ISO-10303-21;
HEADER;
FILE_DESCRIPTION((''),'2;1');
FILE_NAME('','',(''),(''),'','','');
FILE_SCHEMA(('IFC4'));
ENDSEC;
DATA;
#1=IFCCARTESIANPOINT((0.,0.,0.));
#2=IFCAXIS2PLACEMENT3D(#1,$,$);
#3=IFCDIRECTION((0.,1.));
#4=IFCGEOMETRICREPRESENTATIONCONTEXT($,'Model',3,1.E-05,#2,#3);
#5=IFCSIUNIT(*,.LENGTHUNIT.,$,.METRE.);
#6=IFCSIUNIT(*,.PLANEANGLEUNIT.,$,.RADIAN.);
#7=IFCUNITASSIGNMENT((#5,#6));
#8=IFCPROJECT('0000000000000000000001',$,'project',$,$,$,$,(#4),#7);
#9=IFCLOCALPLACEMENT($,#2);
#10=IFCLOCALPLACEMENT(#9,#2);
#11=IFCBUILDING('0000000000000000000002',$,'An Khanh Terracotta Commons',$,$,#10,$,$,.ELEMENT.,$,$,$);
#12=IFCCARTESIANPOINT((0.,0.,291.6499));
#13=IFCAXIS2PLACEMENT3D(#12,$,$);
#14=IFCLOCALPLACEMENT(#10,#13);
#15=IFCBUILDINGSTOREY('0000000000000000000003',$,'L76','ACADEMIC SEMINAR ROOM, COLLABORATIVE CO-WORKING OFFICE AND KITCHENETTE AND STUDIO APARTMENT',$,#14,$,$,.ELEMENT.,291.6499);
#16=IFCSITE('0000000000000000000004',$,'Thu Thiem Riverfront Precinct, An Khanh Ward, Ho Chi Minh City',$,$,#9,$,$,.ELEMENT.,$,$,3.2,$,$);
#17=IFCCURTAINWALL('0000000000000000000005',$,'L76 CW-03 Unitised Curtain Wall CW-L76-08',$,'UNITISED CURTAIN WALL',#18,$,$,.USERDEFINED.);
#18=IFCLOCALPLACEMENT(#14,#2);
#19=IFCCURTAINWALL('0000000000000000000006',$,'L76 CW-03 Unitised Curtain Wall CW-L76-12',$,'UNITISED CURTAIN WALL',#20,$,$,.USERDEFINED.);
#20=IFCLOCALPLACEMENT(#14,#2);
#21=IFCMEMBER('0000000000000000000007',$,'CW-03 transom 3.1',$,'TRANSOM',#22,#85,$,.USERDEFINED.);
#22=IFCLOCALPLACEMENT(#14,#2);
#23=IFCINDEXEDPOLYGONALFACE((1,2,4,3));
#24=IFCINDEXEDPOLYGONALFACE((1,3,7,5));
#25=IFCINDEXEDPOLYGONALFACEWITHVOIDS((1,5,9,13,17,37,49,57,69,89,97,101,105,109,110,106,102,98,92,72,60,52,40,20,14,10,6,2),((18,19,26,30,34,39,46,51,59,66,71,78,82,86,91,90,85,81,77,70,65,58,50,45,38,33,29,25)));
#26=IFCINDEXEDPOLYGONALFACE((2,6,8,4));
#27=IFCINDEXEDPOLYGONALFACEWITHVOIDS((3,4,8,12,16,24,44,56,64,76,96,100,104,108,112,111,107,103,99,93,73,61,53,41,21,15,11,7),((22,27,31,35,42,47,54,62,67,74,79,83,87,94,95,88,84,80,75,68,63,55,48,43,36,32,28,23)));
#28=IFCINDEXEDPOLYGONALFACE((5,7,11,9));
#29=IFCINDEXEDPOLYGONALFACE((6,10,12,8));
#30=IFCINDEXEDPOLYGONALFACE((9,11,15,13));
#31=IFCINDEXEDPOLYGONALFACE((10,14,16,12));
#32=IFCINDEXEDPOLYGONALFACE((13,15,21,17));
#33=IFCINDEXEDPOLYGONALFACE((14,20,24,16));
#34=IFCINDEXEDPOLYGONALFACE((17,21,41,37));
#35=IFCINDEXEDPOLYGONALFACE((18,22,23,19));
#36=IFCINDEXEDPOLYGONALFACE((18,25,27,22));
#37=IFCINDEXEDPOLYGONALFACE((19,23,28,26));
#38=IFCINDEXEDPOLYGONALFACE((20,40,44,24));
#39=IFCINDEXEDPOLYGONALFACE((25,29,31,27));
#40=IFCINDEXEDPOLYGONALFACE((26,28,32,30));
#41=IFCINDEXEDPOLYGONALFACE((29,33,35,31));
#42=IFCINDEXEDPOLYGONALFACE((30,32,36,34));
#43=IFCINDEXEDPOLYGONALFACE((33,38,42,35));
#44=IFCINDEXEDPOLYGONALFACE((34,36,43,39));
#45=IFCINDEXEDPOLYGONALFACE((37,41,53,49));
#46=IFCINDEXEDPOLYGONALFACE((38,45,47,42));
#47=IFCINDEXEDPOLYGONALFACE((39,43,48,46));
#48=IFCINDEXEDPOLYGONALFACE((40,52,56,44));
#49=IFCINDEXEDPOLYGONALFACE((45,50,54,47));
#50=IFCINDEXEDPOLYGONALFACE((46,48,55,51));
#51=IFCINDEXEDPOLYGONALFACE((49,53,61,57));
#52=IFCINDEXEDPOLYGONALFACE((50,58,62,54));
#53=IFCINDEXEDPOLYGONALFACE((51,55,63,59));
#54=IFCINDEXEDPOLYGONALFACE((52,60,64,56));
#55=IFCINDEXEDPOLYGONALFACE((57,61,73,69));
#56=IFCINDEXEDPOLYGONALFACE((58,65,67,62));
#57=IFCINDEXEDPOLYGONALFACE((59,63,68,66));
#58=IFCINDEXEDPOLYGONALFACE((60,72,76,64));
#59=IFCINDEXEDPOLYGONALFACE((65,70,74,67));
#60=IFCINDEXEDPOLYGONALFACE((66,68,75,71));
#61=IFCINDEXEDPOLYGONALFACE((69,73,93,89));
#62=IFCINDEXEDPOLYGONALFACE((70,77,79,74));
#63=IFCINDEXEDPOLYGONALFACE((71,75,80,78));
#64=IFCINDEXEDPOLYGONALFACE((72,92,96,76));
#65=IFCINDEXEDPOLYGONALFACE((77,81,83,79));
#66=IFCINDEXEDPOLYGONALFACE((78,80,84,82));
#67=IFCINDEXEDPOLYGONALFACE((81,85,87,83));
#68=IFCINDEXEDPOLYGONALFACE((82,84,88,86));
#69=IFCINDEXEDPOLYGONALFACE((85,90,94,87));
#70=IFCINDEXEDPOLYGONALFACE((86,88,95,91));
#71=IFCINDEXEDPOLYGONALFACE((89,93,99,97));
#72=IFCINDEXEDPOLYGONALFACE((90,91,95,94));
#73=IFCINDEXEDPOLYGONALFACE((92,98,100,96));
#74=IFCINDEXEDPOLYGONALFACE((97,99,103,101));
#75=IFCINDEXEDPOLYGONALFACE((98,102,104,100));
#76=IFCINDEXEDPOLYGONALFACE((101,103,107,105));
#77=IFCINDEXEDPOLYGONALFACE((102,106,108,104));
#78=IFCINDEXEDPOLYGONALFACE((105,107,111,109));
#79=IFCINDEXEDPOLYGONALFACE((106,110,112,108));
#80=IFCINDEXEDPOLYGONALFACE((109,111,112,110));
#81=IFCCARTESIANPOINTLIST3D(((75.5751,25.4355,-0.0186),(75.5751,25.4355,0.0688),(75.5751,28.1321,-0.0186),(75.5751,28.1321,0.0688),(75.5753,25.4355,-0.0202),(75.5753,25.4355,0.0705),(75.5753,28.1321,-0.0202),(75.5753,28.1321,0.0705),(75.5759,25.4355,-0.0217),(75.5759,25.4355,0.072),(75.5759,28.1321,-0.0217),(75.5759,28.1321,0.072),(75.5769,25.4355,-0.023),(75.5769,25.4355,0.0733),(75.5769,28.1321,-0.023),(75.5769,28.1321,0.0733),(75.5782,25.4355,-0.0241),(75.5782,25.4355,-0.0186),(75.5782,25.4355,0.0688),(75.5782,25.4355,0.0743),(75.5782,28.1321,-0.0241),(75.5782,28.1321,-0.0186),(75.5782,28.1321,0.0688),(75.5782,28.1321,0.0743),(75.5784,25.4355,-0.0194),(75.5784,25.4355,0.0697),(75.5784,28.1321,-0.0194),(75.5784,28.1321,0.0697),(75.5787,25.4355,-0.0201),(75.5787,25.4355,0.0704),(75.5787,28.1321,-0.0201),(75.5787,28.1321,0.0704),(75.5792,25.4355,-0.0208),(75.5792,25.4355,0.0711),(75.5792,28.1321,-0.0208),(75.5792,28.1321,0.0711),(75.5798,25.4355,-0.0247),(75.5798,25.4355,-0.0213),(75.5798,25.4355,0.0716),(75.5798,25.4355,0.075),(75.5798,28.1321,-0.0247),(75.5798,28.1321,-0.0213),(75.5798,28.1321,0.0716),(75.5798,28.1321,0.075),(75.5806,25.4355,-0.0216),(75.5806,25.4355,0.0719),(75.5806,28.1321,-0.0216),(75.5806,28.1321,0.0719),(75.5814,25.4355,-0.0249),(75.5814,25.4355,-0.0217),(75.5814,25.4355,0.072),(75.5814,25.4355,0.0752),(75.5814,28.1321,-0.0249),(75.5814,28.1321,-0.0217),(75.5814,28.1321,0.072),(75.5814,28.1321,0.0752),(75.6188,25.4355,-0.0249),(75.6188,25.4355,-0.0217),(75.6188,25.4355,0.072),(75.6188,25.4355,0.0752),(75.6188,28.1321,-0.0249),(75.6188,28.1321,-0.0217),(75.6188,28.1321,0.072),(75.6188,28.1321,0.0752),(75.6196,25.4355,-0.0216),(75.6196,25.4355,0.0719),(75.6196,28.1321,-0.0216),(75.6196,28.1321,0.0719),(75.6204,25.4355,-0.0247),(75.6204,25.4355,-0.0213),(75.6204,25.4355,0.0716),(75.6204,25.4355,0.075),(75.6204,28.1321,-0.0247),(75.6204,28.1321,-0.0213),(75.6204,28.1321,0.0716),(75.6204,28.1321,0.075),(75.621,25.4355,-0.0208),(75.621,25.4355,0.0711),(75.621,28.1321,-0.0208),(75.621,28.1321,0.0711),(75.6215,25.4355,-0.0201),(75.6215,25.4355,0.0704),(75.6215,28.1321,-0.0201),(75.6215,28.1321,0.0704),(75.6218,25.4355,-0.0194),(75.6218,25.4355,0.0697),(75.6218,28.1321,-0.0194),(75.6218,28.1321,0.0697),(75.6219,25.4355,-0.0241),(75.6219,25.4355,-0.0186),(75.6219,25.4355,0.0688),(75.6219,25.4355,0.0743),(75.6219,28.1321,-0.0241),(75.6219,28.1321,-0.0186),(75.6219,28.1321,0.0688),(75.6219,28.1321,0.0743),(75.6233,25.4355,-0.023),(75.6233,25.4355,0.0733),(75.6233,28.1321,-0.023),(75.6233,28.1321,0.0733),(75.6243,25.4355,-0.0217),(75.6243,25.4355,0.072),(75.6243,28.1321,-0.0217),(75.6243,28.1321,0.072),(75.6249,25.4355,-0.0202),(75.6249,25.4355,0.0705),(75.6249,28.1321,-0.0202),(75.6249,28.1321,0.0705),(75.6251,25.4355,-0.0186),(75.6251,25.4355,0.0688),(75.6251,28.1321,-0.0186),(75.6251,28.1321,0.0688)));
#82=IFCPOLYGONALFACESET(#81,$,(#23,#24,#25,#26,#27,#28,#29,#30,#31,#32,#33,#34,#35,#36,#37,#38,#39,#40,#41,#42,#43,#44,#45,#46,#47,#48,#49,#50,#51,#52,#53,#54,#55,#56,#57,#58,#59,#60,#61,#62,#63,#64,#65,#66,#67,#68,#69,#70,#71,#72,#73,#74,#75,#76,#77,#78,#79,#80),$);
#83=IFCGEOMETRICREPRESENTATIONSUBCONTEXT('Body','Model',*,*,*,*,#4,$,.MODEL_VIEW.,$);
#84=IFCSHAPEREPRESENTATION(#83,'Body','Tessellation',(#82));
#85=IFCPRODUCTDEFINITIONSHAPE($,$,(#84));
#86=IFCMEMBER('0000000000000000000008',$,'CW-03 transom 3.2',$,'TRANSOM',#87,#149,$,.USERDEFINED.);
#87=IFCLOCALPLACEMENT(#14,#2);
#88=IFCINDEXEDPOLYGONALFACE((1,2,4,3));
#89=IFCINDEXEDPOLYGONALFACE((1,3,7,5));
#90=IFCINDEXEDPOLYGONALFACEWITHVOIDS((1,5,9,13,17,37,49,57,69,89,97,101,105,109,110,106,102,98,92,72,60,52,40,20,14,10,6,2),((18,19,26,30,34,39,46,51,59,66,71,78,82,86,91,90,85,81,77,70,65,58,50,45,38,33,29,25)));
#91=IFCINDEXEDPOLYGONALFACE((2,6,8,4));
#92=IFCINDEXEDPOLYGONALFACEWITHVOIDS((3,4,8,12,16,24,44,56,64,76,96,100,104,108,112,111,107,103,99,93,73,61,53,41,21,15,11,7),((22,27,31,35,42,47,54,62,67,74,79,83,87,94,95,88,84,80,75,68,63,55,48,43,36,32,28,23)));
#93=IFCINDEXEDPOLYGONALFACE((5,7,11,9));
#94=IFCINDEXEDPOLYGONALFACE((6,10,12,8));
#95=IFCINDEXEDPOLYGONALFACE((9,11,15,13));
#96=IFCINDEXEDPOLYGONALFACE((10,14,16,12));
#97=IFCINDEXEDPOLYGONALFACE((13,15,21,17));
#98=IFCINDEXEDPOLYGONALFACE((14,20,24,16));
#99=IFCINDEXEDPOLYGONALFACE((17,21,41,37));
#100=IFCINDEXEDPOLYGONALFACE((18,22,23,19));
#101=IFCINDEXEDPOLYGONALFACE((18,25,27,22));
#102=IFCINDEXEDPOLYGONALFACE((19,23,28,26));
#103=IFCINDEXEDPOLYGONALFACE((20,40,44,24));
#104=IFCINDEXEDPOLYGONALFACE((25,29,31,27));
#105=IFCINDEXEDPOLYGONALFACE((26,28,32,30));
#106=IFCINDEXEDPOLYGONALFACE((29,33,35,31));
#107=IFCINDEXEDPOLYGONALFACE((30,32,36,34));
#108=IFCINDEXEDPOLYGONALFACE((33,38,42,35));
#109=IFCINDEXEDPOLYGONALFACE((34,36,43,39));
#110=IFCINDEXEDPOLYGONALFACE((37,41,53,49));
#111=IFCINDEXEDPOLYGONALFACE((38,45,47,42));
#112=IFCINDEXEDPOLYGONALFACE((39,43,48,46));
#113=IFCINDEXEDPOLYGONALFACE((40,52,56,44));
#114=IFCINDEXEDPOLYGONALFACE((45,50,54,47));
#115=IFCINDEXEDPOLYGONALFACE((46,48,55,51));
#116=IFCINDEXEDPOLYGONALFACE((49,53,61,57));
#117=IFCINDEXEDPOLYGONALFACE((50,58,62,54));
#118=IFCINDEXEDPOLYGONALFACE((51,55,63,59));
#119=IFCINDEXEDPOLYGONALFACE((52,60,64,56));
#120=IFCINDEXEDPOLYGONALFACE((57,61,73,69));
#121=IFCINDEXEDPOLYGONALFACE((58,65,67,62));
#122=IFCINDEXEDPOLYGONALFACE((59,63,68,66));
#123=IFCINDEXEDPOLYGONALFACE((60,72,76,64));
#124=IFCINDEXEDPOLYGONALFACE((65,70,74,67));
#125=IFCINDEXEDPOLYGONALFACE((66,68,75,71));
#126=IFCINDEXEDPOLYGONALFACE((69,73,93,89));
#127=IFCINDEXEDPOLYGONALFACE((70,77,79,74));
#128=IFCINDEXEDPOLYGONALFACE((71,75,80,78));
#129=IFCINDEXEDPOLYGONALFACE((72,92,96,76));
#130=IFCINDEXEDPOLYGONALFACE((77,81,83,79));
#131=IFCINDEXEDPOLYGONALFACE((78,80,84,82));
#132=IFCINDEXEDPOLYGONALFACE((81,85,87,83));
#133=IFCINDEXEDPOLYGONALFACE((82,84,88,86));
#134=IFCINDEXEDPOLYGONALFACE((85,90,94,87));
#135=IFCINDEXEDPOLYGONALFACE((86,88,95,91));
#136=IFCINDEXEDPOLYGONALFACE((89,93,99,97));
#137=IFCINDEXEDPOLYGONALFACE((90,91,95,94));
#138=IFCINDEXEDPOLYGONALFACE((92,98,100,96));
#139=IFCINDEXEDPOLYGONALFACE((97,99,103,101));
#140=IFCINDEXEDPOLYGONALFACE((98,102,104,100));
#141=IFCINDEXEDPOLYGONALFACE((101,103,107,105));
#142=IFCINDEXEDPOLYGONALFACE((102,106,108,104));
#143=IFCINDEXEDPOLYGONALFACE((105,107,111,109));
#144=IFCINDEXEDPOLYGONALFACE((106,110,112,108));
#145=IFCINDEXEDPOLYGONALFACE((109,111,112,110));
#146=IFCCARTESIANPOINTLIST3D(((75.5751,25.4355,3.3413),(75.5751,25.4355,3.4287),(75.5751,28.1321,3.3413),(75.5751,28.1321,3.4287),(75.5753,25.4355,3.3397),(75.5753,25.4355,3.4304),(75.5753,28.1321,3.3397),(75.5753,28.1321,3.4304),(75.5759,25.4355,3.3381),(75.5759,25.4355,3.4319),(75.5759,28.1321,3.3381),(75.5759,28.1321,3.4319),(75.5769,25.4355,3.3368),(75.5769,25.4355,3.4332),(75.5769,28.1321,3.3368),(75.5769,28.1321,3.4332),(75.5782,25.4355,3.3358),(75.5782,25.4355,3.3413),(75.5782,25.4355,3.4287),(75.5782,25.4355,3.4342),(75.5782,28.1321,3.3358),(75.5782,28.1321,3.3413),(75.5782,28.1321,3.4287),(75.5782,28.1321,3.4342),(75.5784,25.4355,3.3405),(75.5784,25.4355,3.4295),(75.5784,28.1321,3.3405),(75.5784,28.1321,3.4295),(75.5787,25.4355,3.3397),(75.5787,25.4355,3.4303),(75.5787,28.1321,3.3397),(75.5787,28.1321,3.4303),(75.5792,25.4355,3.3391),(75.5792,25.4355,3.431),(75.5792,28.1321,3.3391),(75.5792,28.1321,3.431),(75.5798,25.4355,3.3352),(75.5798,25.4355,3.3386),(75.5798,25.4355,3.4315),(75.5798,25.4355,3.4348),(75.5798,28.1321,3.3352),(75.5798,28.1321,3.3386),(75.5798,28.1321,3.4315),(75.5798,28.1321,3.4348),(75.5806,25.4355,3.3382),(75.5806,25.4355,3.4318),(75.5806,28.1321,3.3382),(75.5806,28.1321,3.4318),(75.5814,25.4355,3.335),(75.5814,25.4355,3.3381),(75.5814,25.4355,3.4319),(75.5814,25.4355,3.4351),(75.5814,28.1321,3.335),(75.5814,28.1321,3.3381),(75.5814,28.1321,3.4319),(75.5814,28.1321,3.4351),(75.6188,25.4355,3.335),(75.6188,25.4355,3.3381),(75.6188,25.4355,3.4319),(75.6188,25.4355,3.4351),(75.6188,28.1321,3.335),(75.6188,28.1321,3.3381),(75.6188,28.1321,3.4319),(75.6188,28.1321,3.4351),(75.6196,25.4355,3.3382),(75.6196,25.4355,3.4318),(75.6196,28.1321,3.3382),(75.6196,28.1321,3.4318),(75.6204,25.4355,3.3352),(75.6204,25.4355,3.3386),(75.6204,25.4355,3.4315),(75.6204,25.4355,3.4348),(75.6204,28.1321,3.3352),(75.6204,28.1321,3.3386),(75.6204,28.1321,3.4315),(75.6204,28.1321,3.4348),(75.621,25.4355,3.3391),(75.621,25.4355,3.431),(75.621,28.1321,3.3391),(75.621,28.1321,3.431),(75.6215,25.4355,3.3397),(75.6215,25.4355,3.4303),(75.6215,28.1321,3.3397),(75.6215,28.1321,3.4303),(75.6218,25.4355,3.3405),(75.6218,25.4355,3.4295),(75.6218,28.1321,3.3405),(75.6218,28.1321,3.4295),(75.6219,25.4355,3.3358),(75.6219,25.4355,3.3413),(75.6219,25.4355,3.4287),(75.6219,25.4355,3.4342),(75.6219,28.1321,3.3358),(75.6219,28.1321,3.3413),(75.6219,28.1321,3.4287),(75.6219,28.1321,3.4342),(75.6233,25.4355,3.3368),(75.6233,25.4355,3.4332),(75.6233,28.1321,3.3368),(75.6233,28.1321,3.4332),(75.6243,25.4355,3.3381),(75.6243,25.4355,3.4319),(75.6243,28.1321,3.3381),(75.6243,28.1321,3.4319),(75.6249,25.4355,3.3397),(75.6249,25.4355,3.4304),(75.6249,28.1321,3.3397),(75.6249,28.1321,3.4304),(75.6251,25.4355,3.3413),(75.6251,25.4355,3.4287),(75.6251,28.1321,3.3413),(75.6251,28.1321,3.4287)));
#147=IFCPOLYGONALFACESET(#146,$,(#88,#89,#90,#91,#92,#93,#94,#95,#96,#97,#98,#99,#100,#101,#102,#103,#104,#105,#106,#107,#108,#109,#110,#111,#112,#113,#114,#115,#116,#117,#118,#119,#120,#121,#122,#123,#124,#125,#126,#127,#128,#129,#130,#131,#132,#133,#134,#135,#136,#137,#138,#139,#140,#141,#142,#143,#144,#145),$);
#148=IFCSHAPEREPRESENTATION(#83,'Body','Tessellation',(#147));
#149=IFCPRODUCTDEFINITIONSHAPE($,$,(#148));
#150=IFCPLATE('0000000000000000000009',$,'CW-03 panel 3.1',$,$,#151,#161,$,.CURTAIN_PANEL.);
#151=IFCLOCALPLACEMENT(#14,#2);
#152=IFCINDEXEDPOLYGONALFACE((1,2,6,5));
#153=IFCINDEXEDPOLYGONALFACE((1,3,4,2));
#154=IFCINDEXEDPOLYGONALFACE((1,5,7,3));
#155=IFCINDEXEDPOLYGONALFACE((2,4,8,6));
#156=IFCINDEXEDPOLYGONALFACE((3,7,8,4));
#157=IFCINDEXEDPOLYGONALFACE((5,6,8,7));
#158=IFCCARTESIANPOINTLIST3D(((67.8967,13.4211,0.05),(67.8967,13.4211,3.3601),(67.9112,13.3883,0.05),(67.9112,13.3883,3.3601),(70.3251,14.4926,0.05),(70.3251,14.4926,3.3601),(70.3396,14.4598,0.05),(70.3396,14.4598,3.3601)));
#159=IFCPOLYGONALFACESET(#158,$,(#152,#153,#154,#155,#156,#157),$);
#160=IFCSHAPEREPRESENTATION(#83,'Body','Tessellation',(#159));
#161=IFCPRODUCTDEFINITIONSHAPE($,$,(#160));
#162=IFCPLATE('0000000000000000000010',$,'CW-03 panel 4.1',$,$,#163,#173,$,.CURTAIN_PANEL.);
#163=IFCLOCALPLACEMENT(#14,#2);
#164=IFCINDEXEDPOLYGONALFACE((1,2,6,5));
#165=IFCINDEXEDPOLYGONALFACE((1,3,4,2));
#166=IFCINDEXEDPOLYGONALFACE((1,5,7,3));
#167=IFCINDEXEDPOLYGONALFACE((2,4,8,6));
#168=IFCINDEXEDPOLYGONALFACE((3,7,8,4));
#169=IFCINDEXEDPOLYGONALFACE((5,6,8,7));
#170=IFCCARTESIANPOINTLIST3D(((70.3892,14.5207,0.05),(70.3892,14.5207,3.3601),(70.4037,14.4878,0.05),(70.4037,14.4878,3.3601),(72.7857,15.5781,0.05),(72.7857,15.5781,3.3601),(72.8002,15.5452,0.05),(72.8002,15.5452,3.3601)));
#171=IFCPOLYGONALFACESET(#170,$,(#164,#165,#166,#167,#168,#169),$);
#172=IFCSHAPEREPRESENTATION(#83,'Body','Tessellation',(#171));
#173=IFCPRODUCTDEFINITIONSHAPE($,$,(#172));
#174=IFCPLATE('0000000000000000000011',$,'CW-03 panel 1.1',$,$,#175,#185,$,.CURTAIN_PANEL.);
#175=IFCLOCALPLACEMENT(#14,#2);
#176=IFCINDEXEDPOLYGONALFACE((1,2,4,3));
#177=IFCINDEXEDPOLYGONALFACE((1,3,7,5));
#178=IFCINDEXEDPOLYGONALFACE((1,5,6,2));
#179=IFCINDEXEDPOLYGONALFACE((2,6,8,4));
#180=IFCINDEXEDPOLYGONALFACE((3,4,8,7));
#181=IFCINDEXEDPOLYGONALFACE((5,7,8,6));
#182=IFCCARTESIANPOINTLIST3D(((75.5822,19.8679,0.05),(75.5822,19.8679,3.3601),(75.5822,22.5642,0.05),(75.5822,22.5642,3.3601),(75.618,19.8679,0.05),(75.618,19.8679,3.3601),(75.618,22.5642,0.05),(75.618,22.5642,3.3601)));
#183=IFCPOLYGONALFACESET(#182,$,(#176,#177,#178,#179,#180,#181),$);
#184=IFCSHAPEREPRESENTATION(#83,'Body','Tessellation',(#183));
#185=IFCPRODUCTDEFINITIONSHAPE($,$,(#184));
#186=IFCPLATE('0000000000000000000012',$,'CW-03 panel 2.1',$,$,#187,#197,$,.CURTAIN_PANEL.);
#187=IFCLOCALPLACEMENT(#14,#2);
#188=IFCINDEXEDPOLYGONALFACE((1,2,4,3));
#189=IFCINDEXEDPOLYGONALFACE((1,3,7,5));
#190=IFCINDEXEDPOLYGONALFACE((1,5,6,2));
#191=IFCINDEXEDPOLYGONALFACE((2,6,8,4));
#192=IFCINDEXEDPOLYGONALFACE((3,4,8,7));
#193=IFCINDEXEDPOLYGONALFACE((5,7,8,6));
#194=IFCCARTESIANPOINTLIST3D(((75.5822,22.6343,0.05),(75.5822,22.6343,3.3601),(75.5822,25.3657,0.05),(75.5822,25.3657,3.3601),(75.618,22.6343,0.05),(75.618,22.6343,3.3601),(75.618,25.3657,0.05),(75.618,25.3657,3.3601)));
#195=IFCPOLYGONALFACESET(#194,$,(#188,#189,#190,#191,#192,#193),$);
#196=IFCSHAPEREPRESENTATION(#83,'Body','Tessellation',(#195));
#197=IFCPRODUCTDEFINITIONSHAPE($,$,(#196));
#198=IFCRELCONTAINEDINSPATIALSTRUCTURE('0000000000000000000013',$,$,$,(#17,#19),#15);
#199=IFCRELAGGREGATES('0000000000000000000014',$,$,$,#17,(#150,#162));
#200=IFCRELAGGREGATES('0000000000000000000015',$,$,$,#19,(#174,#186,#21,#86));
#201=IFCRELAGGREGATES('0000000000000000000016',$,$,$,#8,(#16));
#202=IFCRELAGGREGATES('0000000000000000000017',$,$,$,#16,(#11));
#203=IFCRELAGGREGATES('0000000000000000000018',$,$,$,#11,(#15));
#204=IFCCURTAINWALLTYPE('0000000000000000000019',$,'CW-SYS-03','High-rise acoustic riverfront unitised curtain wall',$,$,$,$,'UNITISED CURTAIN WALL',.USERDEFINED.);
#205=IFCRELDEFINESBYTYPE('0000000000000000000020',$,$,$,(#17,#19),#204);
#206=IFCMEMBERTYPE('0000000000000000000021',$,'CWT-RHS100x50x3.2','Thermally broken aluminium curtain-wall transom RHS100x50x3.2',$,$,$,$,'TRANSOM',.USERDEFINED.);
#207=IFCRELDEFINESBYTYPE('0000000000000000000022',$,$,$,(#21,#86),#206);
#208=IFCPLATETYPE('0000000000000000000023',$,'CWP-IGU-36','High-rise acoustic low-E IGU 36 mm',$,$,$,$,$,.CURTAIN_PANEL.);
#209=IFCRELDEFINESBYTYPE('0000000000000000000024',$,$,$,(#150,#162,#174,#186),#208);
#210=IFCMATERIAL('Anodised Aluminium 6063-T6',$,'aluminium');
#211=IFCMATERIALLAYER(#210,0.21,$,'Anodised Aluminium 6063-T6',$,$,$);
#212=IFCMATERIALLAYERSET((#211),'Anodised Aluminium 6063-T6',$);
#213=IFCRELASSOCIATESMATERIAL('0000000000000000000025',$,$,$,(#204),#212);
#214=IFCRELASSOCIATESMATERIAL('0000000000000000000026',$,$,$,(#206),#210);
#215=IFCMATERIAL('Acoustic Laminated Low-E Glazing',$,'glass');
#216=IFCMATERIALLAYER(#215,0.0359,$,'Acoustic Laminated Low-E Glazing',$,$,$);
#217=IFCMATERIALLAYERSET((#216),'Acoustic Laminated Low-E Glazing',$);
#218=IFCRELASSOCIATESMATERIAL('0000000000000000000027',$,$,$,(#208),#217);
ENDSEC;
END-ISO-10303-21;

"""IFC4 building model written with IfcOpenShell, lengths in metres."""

from ifc_helpers import new_model, si_unit, direction, frame, origin, origin_2d, place, context, subcontext, project, spatial, rectangle, hollow_rectangle, extrude, material, layer, layer_set, material_profile, profile_set, type_object, element, aggregate, save


model = new_model("IFC4")

# Units and contexts
model_context = context("Model", 3, precision=1e-05, world=origin(), true_north=direction((0.0, 1.0)))
body_context = subcontext(model_context, "Body", "Model", "MODEL_VIEW")
ifc_project = project(units=[si_unit("LENGTHUNIT", "METRE"), si_unit("PLANEANGLEUNIT", "RADIAN")], contexts=[model_context])

# Site, building, storey
site_placement = place(None, origin())
site = spatial("IfcSite", under=ifc_project, at=site_placement, Name="Thu Thiem Riverfront Precinct, An Khanh Ward, Ho Chi Minh City", CompositionType="ELEMENT", RefElevation=3.2)
building_placement = place(site_placement, origin())
building = spatial("IfcBuilding", under=site, at=building_placement, Name="An Khanh Terracotta Commons", CompositionType="ELEMENT")
storey_placement = place(building_placement, frame((0.0, 0.0, 291.6499)))
storey = spatial("IfcBuildingStorey", under=building, at=storey_placement, Name="L76", Description="ACADEMIC SEMINAR ROOM, COLLABORATIVE CO-WORKING OFFICE AND KITCHENETTE AND STUDIO APARTMENT", CompositionType="ELEMENT", Elevation=291.6499)

# Curtain walls
ifc_material_1 = material(Name="Anodised Aluminium 6063-T6", Category="aluminium")
ifc_layer_1 = layer(ifc_material_1, 0.21, Name="Anodised Aluminium 6063-T6")
ifc_layer_set_1 = layer_set([ifc_layer_1], Name="Anodised Aluminium 6063-T6")
curtain_wall_type = type_object("IfcCurtainWallType", Name="CW-SYS-03", Description="High-rise acoustic riverfront unitised curtain wall", ElementType="UNITISED CURTAIN WALL", PredefinedType="USERDEFINED", material=ifc_layer_set_1)
curtain_wall_1_placement = place(storey_placement, origin())
curtain_wall_1 = element("IfcCurtainWall", 1, at=curtain_wall_1_placement, inside=storey, type_object=curtain_wall_type, Name="L76 CW-03 Unitised Curtain Wall CW-L76-08", ObjectType="UNITISED CURTAIN WALL", PredefinedType="USERDEFINED")
curtain_wall_2_placement = place(storey_placement, origin())
curtain_wall_2 = element("IfcCurtainWall", 2, at=curtain_wall_2_placement, inside=storey, type_object=curtain_wall_type, Name="L76 CW-03 Unitised Curtain Wall CW-L76-12", ObjectType="UNITISED CURTAIN WALL", PredefinedType="USERDEFINED")

# Members
ifc_material_profile_1 = material_profile(ifc_material_1, hollow_rectangle(XDim=0.05, YDim=0.1001, WallThickness=0.0032, InnerFilletRadius=0.0032, OuterFilletRadius=0.0063, at=origin_2d()), Name="RHS100x50x3.2")
ifc_profile_set_1 = profile_set([ifc_material_profile_1], Name="Anodised Aluminium 6063-T6")
member_type_1 = type_object("IfcMemberType", Name="CWT-RHS100x50x3.2", Description="Thermally broken aluminium curtain-wall transom RHS100x50x3.2", ElementType="TRANSOM", PredefinedType="USERDEFINED", material=ifc_profile_set_1)
member_1_placement = place(storey_placement, frame((75.6001, 25.4355, 0.0251), z_axis=(0.0, 1.0, 0.0), x_axis=(-1.0, 0.0, 0.0)))
member_1 = element("IfcMember", 3, at=member_1_placement, type_object=member_type_1, Name="CW-03 transom 3.1", ObjectType="TRANSOM", PredefinedType="USERDEFINED", context=body_context, shape_type="SweptSolid", body=[
    extrude(hollow_rectangle(XDim=0.05, YDim=0.1001, WallThickness=0.0032, InnerFilletRadius=0.0032, OuterFilletRadius=0.0063, at=origin_2d()), origin(), (0.0, 0.0, 1.0), 2.6965),
])
member_2_placement = place(storey_placement, frame((75.6001, 25.4355, 3.385), z_axis=(0.0, 1.0, 0.0), x_axis=(-1.0, 0.0, 0.0)))
member_2 = element("IfcMember", 4, at=member_2_placement, type_object=member_type_1, Name="CW-03 transom 3.2", ObjectType="TRANSOM", PredefinedType="USERDEFINED", context=body_context, shape_type="SweptSolid", body=[
    extrude(hollow_rectangle(XDim=0.05, YDim=0.1001, WallThickness=0.0032, InnerFilletRadius=0.0032, OuterFilletRadius=0.0063, at=origin_2d()), origin(), (0.0, 0.0, 1.0), 2.6965),
])

# Plates
ifc_material_2 = material(Name="Acoustic Laminated Low-E Glazing", Category="glass")
ifc_layer_2 = layer(ifc_material_2, 0.0359, Name="Acoustic Laminated Low-E Glazing")
ifc_layer_set_2 = layer_set([ifc_layer_2], Name="Acoustic Laminated Low-E Glazing")
plate_type = type_object("IfcPlateType", Name="CWP-IGU-36", Description="High-rise acoustic low-E IGU 36 mm", PredefinedType="CURTAIN_PANEL", material=ifc_layer_set_2)
plate_1_placement = place(storey_placement, frame((69.1182, 13.9404, 0.05), z_axis=(0.0, 0.0, 1.0), x_axis=(0.914902, 0.403676, 0.0)))
plate_1 = element("IfcPlate", 5, at=plate_1_placement, type_object=plate_type, Name="CW-03 panel 3.1", PredefinedType="CURTAIN_PANEL", context=body_context, shape_type="SweptSolid", body=[
    extrude(rectangle(XDim=2.6543, YDim=0.0359, at=origin_2d()), origin(), (0.0, 0.0, 1.0), 3.3101),
])
plate_2_placement = place(storey_placement, frame((71.5947, 15.033, 0.05), z_axis=(0.0, 0.0, 1.0), x_axis=(0.914902, 0.403676, 0.0)))
plate_2 = element("IfcPlate", 6, at=plate_2_placement, type_object=plate_type, Name="CW-03 panel 4.1", PredefinedType="CURTAIN_PANEL", context=body_context, shape_type="SweptSolid", body=[
    extrude(rectangle(XDim=2.6194, YDim=0.0359, at=origin_2d()), origin(), (0.0, 0.0, 1.0), 3.3101),
])
aggregate(curtain_wall_1, [plate_1, plate_2])
plate_3_placement = place(storey_placement, frame((75.6001, 21.2161, 0.05), z_axis=(0.0, 0.0, 1.0), x_axis=(0.0, 1.0, 0.0)))
plate_3 = element("IfcPlate", 7, at=plate_3_placement, type_object=plate_type, Name="CW-03 panel 1.1", PredefinedType="CURTAIN_PANEL", context=body_context, shape_type="SweptSolid", body=[
    extrude(rectangle(XDim=2.6963, YDim=0.0359, at=origin_2d()), origin(), (0.0, 0.0, 1.0), 3.3101),
])
plate_4_placement = place(storey_placement, frame((75.6001, 24.0, 0.05), z_axis=(0.0, 0.0, 1.0), x_axis=(0.0, 1.0, 0.0)))
plate_4 = element("IfcPlate", 8, at=plate_4_placement, type_object=plate_type, Name="CW-03 panel 2.1", PredefinedType="CURTAIN_PANEL", context=body_context, shape_type="SweptSolid", body=[
    extrude(rectangle(XDim=2.7314, YDim=0.0359, at=origin_2d()), origin(), (0.0, 0.0, 1.0), 3.3101),
])
aggregate(curtain_wall_2, [plate_3, plate_4, member_1, member_2])

save(model, "model.ifc")
